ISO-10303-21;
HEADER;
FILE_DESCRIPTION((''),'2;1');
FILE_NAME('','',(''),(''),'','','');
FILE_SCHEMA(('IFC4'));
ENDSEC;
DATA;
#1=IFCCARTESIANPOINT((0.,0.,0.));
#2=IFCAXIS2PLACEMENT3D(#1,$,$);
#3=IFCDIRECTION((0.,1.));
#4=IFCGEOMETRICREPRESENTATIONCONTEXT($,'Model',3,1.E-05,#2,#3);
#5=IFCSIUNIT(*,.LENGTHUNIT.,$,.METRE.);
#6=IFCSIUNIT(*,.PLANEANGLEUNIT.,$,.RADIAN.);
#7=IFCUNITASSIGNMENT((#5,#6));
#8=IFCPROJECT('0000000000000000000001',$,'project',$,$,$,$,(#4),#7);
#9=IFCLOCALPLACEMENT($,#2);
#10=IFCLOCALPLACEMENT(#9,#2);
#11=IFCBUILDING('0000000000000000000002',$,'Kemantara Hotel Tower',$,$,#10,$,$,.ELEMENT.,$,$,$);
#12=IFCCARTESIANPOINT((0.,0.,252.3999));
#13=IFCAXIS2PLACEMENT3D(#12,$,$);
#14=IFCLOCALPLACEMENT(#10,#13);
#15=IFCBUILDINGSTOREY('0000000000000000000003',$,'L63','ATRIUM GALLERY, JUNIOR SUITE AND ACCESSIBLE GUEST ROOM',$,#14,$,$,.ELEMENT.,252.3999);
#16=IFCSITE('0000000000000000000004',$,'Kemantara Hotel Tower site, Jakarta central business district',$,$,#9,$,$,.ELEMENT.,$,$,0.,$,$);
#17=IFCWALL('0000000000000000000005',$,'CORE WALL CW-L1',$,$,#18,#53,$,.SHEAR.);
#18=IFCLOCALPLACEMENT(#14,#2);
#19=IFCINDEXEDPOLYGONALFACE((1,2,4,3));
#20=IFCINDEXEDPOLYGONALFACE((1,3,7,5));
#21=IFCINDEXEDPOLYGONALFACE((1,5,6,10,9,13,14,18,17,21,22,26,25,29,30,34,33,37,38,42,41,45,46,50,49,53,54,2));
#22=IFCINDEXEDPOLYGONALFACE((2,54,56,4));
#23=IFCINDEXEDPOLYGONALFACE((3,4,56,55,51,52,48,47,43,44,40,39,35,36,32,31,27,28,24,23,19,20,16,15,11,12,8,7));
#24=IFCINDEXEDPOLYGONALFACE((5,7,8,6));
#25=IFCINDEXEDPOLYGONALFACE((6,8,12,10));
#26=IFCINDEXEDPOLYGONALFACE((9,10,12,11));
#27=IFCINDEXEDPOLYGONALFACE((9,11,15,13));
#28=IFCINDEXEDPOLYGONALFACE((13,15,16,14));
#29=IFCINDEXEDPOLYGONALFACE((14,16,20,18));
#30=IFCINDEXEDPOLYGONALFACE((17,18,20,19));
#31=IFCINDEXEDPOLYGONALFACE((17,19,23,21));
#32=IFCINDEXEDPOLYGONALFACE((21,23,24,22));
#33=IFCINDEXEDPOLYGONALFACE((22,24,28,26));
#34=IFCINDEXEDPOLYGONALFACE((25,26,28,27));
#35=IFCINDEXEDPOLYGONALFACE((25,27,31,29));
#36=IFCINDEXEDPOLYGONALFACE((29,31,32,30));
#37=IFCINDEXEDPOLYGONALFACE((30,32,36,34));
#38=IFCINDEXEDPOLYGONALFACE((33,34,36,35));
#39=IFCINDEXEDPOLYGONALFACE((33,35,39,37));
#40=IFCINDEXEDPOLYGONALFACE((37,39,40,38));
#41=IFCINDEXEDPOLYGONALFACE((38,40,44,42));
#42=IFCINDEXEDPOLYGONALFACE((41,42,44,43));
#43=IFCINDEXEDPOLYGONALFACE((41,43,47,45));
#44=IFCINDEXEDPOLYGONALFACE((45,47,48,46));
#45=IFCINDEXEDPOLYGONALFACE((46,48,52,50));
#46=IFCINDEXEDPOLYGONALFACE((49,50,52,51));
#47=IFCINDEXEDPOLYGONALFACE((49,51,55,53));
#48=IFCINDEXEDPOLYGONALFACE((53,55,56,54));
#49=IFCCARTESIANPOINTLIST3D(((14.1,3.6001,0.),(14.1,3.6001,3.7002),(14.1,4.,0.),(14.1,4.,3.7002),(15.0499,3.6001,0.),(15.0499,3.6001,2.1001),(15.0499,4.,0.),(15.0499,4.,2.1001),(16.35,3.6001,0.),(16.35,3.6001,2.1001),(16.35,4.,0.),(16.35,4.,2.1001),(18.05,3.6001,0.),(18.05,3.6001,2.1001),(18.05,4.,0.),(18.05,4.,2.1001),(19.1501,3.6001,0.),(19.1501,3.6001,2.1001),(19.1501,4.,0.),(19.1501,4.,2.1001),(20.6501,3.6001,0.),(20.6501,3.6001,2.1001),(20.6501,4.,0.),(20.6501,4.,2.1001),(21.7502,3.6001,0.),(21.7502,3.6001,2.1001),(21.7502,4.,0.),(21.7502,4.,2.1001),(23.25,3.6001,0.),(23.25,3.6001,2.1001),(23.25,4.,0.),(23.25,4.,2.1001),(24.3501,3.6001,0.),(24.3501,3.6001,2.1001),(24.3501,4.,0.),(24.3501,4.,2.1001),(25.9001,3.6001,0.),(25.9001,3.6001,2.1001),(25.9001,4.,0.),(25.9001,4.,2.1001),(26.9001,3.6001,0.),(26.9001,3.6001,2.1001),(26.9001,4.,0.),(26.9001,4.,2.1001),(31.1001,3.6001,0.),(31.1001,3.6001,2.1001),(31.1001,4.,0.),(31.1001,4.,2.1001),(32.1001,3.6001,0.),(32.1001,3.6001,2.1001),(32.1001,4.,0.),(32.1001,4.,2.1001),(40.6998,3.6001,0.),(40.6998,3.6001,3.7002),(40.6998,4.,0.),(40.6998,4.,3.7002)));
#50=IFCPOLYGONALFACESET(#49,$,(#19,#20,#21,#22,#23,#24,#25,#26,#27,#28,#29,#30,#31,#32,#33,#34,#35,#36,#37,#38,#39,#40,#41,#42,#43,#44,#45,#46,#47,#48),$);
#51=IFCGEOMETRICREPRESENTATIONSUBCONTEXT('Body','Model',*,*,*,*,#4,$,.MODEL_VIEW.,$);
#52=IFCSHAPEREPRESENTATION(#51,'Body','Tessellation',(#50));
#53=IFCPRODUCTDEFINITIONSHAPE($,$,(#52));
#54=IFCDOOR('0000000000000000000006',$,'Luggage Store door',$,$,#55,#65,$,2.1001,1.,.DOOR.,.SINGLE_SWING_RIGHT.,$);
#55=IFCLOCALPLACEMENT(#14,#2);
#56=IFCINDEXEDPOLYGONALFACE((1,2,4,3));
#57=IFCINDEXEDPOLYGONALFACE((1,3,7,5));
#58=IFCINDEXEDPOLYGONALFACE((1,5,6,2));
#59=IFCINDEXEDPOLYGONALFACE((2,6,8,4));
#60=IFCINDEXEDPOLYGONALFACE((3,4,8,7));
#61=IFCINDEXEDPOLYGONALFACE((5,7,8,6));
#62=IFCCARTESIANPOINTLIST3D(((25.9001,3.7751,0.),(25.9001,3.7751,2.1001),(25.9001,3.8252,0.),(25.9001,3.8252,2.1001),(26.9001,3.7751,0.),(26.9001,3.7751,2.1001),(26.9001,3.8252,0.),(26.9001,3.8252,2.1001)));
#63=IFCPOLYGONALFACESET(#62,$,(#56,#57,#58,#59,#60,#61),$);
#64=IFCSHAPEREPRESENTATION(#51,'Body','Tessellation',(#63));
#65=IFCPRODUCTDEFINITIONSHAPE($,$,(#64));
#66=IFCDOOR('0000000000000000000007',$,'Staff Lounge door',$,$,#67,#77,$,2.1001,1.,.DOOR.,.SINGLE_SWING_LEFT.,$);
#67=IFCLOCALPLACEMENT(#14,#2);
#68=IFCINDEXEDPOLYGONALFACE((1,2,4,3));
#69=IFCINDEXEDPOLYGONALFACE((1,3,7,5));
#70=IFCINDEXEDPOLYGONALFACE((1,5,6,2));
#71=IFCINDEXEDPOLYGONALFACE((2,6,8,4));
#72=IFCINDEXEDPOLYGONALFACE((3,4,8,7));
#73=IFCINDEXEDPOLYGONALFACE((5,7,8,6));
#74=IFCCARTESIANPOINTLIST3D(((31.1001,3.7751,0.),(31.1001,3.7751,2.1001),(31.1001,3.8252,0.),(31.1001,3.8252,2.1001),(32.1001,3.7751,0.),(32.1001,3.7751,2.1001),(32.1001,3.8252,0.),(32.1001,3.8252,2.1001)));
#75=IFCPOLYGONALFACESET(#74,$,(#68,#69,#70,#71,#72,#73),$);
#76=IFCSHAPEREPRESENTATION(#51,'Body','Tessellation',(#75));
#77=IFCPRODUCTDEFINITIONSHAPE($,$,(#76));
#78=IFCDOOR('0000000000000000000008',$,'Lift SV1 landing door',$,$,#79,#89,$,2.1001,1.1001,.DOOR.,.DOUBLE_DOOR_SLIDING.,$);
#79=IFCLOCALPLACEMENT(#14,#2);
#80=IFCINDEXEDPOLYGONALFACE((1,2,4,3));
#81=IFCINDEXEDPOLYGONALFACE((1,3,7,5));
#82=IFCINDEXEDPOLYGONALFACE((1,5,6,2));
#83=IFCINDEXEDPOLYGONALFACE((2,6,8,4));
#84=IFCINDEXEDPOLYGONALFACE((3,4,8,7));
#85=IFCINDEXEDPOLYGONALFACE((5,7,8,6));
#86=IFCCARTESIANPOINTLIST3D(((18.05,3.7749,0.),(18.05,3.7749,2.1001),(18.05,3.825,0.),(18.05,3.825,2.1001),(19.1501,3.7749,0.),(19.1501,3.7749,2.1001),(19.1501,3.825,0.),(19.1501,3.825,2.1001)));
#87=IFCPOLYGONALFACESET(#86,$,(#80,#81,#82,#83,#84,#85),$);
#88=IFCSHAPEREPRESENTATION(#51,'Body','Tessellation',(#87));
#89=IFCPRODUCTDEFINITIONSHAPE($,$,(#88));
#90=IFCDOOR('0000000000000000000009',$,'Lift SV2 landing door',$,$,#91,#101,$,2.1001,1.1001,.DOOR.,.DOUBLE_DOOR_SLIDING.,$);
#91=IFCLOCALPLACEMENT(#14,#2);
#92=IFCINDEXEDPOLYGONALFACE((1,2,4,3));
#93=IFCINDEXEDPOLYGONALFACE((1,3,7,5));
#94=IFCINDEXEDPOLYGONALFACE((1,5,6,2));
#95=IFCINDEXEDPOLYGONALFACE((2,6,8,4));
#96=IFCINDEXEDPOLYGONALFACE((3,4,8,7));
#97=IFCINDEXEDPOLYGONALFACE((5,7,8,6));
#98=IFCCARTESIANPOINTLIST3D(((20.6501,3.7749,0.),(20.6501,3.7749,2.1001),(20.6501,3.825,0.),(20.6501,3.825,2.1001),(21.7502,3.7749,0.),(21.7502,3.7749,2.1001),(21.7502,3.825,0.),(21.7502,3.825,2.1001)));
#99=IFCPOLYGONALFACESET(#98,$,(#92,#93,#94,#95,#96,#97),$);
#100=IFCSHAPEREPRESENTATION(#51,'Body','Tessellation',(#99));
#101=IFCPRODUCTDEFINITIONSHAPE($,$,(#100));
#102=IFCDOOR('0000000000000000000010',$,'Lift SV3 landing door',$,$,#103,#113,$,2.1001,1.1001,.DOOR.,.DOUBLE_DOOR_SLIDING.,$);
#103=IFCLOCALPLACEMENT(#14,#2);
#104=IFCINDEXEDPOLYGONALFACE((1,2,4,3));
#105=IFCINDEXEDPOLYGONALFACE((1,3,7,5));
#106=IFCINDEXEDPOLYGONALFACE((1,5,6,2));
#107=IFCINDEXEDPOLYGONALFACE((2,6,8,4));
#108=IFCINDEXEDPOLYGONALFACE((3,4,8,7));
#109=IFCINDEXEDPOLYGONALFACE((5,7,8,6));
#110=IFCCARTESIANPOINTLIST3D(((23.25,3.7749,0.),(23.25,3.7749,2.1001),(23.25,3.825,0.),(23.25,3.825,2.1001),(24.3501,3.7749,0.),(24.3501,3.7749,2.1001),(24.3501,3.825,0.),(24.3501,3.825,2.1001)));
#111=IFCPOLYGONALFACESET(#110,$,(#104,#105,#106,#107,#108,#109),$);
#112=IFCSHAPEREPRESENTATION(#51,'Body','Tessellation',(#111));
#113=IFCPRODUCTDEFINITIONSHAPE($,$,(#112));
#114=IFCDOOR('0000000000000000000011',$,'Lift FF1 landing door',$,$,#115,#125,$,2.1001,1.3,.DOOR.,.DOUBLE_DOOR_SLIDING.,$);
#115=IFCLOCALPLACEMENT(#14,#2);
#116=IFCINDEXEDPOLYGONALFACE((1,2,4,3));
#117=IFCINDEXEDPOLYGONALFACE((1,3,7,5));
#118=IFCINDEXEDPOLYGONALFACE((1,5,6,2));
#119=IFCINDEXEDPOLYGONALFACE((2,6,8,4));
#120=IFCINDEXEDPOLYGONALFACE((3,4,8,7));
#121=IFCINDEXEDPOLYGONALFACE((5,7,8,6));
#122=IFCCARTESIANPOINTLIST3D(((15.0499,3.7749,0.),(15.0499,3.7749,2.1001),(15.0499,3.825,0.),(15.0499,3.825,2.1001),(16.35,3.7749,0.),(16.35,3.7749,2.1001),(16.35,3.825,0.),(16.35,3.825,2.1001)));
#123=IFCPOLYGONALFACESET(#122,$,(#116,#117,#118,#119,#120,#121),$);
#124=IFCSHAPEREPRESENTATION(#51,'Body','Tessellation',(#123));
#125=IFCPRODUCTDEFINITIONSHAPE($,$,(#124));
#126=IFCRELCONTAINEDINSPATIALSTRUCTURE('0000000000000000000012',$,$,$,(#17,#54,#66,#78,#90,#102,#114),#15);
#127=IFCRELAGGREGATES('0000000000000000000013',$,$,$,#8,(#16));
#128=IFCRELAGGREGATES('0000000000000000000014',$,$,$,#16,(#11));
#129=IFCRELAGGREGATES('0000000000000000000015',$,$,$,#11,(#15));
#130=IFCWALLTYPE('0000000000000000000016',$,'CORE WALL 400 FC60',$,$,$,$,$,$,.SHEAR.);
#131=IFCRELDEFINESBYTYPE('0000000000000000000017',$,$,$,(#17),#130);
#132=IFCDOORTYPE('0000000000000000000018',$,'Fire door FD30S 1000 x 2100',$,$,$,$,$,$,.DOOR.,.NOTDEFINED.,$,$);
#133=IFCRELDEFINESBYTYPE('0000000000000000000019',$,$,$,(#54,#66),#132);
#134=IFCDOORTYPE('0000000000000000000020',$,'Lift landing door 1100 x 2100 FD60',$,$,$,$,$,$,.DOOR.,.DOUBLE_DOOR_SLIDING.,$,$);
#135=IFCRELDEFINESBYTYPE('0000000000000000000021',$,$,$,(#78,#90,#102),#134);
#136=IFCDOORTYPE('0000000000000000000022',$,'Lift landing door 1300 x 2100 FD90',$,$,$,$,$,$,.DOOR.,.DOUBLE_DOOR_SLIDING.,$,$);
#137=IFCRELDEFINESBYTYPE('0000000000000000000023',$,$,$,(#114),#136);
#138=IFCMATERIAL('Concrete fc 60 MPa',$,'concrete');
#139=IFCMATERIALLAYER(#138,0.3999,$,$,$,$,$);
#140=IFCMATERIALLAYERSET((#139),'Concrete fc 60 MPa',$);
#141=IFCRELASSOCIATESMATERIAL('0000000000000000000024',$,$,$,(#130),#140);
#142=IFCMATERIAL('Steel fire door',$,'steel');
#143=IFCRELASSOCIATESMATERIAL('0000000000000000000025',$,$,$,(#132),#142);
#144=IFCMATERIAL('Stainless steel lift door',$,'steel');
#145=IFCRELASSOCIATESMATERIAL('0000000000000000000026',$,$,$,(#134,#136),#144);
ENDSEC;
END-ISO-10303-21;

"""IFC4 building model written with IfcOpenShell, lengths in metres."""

from ifc_helpers import new_model, si_unit, direction, frame, frame_2d, origin, place, context, subcontext, project, spatial, rectangle, extrude, material, layer, layer_set, type_object, element, fill, save


model = new_model("IFC4")

# Units and contexts
model_context = context("Model", 3, precision=1e-05, world=origin(), true_north=direction((0.0, 1.0)))
body_context = subcontext(model_context, "Body", "Model", "MODEL_VIEW")
ifc_project = project(units=[si_unit("LENGTHUNIT", "METRE"), si_unit("PLANEANGLEUNIT", "RADIAN")], contexts=[model_context])

# Site, building, storey
site_placement = place(None, origin())
site = spatial("IfcSite", under=ifc_project, at=site_placement, Name="Kemantara Hotel Tower site, Jakarta central business district", CompositionType="ELEMENT", RefElevation=0.0)
building_placement = place(site_placement, origin())
building = spatial("IfcBuilding", under=site, at=building_placement, Name="Kemantara Hotel Tower", CompositionType="ELEMENT")
storey_placement = place(building_placement, frame((0.0, 0.0, 252.3999)))
storey = spatial("IfcBuildingStorey", under=building, at=storey_placement, Name="L63", Description="ATRIUM GALLERY, JUNIOR SUITE AND ACCESSIBLE GUEST ROOM", CompositionType="ELEMENT", Elevation=252.3999)

# Shared definitions
ifc_material_1 = material(Name="Concrete fc 60 MPa", Category="concrete")

# Shared definitions
ifc_layer_1 = layer(ifc_material_1, 0.3999)
ifc_layer_set_1 = layer_set([ifc_layer_1], Name="Concrete fc 60 MPa")
wall_type_1 = type_object("IfcWallType", Name="CORE WALL 400 FC60", PredefinedType="SHEAR", material=ifc_layer_set_1)
ifc_material_2 = material(Name="Steel fire door", Category="steel")
door_type_1 = type_object("IfcDoorType", Name="Fire door FD30S 1000 x 2100", OperationType="NOTDEFINED", PredefinedType="DOOR", material=ifc_material_2)

# Wall, openings, doors
wall_1_placement = place(storey_placement, frame((14.1001, 3.8, 0.0), z_axis=(0.0, 0.0, 1.0), x_axis=(1.0, 0.0, 0.0)))
wall_1 = element("IfcWall", 1, at=wall_1_placement, inside=storey, type_object=wall_type_1, Name="CORE WALL CW-L1", PredefinedType="SHEAR", context=body_context, shape_type="SweptSolid", body=[
    extrude(rectangle(XDim=26.5999, YDim=0.3999, at=frame_2d((13.2998, 0.0))), origin(), (0.0, 0.0, 1.0), 3.7002),
])
opening_1_placement = place(wall_1_placement, frame((0.95, 0.0, 0.0)))
opening_1 = element("IfcOpeningElement", 2, at=opening_1_placement, cuts=wall_1, PredefinedType="OPENING", context=body_context, shape_type="SweptSolid", body=[
    extrude(rectangle(XDim=1.3, YDim=2.1001, at=frame_2d((0.6499, 1.05))), frame((0.0, 0.21, 0.0), z_axis=(0.0, -1.0, 0.0), x_axis=(1.0, 0.0, 0.0)), (0.0, 0.0, 1.0), 0.4199),
])
opening_2_placement = place(wall_1_placement, frame((3.95, 0.0, 0.0)))
opening_2 = element("IfcOpeningElement", 3, at=opening_2_placement, cuts=wall_1, PredefinedType="OPENING", context=body_context, shape_type="SweptSolid", body=[
    extrude(rectangle(XDim=1.1001, YDim=2.1001, at=frame_2d((0.55, 1.05))), frame((0.0, 0.21, 0.0), z_axis=(0.0, -1.0, 0.0), x_axis=(1.0, 0.0, 0.0)), (0.0, 0.0, 1.0), 0.4199),
])
opening_3_placement = place(wall_1_placement, frame((6.55, 0.0, 0.0)))
opening_3 = element("IfcOpeningElement", 4, at=opening_3_placement, cuts=wall_1, PredefinedType="OPENING", context=body_context, shape_type="SweptSolid", body=[
    extrude(rectangle(XDim=1.1001, YDim=2.1001, at=frame_2d((0.55, 1.05))), frame((0.0, 0.21, 0.0), z_axis=(0.0, -1.0, 0.0), x_axis=(1.0, 0.0, 0.0)), (0.0, 0.0, 1.0), 0.4199),
])
opening_4_placement = place(wall_1_placement, frame((9.1499, 0.0, 0.0)))
opening_4 = element("IfcOpeningElement", 5, at=opening_4_placement, cuts=wall_1, PredefinedType="OPENING", context=body_context, shape_type="SweptSolid", body=[
    extrude(rectangle(XDim=1.1001, YDim=2.1001, at=frame_2d((0.55, 1.05))), frame((0.0, 0.21, 0.0), z_axis=(0.0, -1.0, 0.0), x_axis=(1.0, 0.0, 0.0)), (0.0, 0.0, 1.0), 0.4199),
])
opening_5_placement = place(wall_1_placement, frame((11.8, 0.0, 0.0)))
opening_5 = element("IfcOpeningElement", 6, at=opening_5_placement, cuts=wall_1, PredefinedType="OPENING", context=body_context, shape_type="SweptSolid", body=[
    extrude(rectangle(XDim=1.0, YDim=2.1001, at=frame_2d((0.5, 1.05))), frame((0.0, 0.21, 0.0), z_axis=(0.0, -1.0, 0.0), x_axis=(1.0, 0.0, 0.0)), (0.0, 0.0, 1.0), 0.4199),
])
opening_6_placement = place(wall_1_placement, frame((17.0, 0.0, 0.0)))
opening_6 = element("IfcOpeningElement", 7, at=opening_6_placement, cuts=wall_1, PredefinedType="OPENING", context=body_context, shape_type="SweptSolid", body=[
    extrude(rectangle(XDim=1.0, YDim=2.1001, at=frame_2d((0.5, 1.05))), frame((0.0, 0.21, 0.0), z_axis=(0.0, -1.0, 0.0), x_axis=(1.0, 0.0, 0.0)), (0.0, 0.0, 1.0), 0.4199),
])
door_1_placement = place(opening_5_placement, frame((1.0, 0.0, 0.0), z_axis=(0.0, 0.0, 1.0), x_axis=(-1.0, 0.0, 0.0)))
door_1 = element("IfcDoor", 8, at=door_1_placement, inside=storey, type_object=door_type_1, Name="Luggage Store door", OperationType="SINGLE_SWING_RIGHT", OverallHeight=2.1001, OverallWidth=1.0, PredefinedType="DOOR", context=body_context, shape_type="SweptSolid", body=[
    extrude(rectangle(XDim=1.0, YDim=2.1001, at=frame_2d((0.5, 1.05))), frame((0.0, 0.0249, 0.0), z_axis=(0.0, -1.0, 0.0), x_axis=(1.0, 0.0, 0.0)), (0.0, 0.0, 1.0), 0.05),
])
fill(opening_5, door_1)
door_2_placement = place(opening_6_placement, frame((1.0, 0.0, 0.0), z_axis=(0.0, 0.0, 1.0), x_axis=(-1.0, 0.0, 0.0)))
door_2 = element("IfcDoor", 9, at=door_2_placement, inside=storey, type_object=door_type_1, Name="Staff Lounge door", OperationType="SINGLE_SWING_LEFT", OverallHeight=2.1001, OverallWidth=1.0, PredefinedType="DOOR", context=body_context, shape_type="SweptSolid", body=[
    extrude(rectangle(XDim=1.0, YDim=2.1001, at=frame_2d((0.5, 1.05))), frame((0.0, 0.0249, 0.0), z_axis=(0.0, -1.0, 0.0), x_axis=(1.0, 0.0, 0.0)), (0.0, 0.0, 1.0), 0.05),
])
fill(opening_6, door_2)
ifc_material_3 = material(Name="Stainless steel lift door", Category="steel")
door_type_2 = type_object("IfcDoorType", Name="Lift landing door 1100 x 2100 FD60", OperationType="DOUBLE_DOOR_SLIDING", PredefinedType="DOOR", material=ifc_material_3)
door_3_placement = place(opening_2_placement, origin())
door_3 = element("IfcDoor", 10, at=door_3_placement, inside=storey, type_object=door_type_2, Name="Lift SV1 landing door", OperationType="DOUBLE_DOOR_SLIDING", OverallHeight=2.1001, OverallWidth=1.1001, PredefinedType="DOOR", context=body_context, shape_type="SweptSolid", body=[
    extrude(rectangle(XDim=1.1001, YDim=2.1001, at=frame_2d((0.55, 1.05))), frame((0.0, 0.0249, 0.0), z_axis=(0.0, -1.0, 0.0), x_axis=(1.0, 0.0, 0.0)), (0.0, 0.0, 1.0), 0.05),
])
fill(opening_2, door_3)
door_4_placement = place(opening_3_placement, origin())
door_4 = element("IfcDoor", 11, at=door_4_placement, inside=storey, type_object=door_type_2, Name="Lift SV2 landing door", OperationType="DOUBLE_DOOR_SLIDING", OverallHeight=2.1001, OverallWidth=1.1001, PredefinedType="DOOR", context=body_context, shape_type="SweptSolid", body=[
    extrude(rectangle(XDim=1.1001, YDim=2.1001, at=frame_2d((0.55, 1.05))), frame((0.0, 0.0249, 0.0), z_axis=(0.0, -1.0, 0.0), x_axis=(1.0, 0.0, 0.0)), (0.0, 0.0, 1.0), 0.05),
])
fill(opening_3, door_4)
door_5_placement = place(opening_4_placement, origin())
door_5 = element("IfcDoor", 12, at=door_5_placement, inside=storey, type_object=door_type_2, Name="Lift SV3 landing door", OperationType="DOUBLE_DOOR_SLIDING", OverallHeight=2.1001, OverallWidth=1.1001, PredefinedType="DOOR", context=body_context, shape_type="SweptSolid", body=[
    extrude(rectangle(XDim=1.1001, YDim=2.1001, at=frame_2d((0.55, 1.05))), frame((0.0, 0.0249, 0.0), z_axis=(0.0, -1.0, 0.0), x_axis=(1.0, 0.0, 0.0)), (0.0, 0.0, 1.0), 0.05),
])
fill(opening_4, door_5)
door_type_3 = type_object("IfcDoorType", Name="Lift landing door 1300 x 2100 FD90", OperationType="DOUBLE_DOOR_SLIDING", PredefinedType="DOOR", material=ifc_material_3)
door_6_placement = place(opening_1_placement, origin())
door_6 = element("IfcDoor", 13, at=door_6_placement, inside=storey, type_object=door_type_3, Name="Lift FF1 landing door", OperationType="DOUBLE_DOOR_SLIDING", OverallHeight=2.1001, OverallWidth=1.3, PredefinedType="DOOR", context=body_context, shape_type="SweptSolid", body=[
    extrude(rectangle(XDim=1.3, YDim=2.1001, at=frame_2d((0.6499, 1.05))), frame((0.0, 0.0249, 0.0), z_axis=(0.0, -1.0, 0.0), x_axis=(1.0, 0.0, 0.0)), (0.0, 0.0, 1.0), 0.05),
])
fill(opening_1, door_6)

save(model, "model.ifc")
